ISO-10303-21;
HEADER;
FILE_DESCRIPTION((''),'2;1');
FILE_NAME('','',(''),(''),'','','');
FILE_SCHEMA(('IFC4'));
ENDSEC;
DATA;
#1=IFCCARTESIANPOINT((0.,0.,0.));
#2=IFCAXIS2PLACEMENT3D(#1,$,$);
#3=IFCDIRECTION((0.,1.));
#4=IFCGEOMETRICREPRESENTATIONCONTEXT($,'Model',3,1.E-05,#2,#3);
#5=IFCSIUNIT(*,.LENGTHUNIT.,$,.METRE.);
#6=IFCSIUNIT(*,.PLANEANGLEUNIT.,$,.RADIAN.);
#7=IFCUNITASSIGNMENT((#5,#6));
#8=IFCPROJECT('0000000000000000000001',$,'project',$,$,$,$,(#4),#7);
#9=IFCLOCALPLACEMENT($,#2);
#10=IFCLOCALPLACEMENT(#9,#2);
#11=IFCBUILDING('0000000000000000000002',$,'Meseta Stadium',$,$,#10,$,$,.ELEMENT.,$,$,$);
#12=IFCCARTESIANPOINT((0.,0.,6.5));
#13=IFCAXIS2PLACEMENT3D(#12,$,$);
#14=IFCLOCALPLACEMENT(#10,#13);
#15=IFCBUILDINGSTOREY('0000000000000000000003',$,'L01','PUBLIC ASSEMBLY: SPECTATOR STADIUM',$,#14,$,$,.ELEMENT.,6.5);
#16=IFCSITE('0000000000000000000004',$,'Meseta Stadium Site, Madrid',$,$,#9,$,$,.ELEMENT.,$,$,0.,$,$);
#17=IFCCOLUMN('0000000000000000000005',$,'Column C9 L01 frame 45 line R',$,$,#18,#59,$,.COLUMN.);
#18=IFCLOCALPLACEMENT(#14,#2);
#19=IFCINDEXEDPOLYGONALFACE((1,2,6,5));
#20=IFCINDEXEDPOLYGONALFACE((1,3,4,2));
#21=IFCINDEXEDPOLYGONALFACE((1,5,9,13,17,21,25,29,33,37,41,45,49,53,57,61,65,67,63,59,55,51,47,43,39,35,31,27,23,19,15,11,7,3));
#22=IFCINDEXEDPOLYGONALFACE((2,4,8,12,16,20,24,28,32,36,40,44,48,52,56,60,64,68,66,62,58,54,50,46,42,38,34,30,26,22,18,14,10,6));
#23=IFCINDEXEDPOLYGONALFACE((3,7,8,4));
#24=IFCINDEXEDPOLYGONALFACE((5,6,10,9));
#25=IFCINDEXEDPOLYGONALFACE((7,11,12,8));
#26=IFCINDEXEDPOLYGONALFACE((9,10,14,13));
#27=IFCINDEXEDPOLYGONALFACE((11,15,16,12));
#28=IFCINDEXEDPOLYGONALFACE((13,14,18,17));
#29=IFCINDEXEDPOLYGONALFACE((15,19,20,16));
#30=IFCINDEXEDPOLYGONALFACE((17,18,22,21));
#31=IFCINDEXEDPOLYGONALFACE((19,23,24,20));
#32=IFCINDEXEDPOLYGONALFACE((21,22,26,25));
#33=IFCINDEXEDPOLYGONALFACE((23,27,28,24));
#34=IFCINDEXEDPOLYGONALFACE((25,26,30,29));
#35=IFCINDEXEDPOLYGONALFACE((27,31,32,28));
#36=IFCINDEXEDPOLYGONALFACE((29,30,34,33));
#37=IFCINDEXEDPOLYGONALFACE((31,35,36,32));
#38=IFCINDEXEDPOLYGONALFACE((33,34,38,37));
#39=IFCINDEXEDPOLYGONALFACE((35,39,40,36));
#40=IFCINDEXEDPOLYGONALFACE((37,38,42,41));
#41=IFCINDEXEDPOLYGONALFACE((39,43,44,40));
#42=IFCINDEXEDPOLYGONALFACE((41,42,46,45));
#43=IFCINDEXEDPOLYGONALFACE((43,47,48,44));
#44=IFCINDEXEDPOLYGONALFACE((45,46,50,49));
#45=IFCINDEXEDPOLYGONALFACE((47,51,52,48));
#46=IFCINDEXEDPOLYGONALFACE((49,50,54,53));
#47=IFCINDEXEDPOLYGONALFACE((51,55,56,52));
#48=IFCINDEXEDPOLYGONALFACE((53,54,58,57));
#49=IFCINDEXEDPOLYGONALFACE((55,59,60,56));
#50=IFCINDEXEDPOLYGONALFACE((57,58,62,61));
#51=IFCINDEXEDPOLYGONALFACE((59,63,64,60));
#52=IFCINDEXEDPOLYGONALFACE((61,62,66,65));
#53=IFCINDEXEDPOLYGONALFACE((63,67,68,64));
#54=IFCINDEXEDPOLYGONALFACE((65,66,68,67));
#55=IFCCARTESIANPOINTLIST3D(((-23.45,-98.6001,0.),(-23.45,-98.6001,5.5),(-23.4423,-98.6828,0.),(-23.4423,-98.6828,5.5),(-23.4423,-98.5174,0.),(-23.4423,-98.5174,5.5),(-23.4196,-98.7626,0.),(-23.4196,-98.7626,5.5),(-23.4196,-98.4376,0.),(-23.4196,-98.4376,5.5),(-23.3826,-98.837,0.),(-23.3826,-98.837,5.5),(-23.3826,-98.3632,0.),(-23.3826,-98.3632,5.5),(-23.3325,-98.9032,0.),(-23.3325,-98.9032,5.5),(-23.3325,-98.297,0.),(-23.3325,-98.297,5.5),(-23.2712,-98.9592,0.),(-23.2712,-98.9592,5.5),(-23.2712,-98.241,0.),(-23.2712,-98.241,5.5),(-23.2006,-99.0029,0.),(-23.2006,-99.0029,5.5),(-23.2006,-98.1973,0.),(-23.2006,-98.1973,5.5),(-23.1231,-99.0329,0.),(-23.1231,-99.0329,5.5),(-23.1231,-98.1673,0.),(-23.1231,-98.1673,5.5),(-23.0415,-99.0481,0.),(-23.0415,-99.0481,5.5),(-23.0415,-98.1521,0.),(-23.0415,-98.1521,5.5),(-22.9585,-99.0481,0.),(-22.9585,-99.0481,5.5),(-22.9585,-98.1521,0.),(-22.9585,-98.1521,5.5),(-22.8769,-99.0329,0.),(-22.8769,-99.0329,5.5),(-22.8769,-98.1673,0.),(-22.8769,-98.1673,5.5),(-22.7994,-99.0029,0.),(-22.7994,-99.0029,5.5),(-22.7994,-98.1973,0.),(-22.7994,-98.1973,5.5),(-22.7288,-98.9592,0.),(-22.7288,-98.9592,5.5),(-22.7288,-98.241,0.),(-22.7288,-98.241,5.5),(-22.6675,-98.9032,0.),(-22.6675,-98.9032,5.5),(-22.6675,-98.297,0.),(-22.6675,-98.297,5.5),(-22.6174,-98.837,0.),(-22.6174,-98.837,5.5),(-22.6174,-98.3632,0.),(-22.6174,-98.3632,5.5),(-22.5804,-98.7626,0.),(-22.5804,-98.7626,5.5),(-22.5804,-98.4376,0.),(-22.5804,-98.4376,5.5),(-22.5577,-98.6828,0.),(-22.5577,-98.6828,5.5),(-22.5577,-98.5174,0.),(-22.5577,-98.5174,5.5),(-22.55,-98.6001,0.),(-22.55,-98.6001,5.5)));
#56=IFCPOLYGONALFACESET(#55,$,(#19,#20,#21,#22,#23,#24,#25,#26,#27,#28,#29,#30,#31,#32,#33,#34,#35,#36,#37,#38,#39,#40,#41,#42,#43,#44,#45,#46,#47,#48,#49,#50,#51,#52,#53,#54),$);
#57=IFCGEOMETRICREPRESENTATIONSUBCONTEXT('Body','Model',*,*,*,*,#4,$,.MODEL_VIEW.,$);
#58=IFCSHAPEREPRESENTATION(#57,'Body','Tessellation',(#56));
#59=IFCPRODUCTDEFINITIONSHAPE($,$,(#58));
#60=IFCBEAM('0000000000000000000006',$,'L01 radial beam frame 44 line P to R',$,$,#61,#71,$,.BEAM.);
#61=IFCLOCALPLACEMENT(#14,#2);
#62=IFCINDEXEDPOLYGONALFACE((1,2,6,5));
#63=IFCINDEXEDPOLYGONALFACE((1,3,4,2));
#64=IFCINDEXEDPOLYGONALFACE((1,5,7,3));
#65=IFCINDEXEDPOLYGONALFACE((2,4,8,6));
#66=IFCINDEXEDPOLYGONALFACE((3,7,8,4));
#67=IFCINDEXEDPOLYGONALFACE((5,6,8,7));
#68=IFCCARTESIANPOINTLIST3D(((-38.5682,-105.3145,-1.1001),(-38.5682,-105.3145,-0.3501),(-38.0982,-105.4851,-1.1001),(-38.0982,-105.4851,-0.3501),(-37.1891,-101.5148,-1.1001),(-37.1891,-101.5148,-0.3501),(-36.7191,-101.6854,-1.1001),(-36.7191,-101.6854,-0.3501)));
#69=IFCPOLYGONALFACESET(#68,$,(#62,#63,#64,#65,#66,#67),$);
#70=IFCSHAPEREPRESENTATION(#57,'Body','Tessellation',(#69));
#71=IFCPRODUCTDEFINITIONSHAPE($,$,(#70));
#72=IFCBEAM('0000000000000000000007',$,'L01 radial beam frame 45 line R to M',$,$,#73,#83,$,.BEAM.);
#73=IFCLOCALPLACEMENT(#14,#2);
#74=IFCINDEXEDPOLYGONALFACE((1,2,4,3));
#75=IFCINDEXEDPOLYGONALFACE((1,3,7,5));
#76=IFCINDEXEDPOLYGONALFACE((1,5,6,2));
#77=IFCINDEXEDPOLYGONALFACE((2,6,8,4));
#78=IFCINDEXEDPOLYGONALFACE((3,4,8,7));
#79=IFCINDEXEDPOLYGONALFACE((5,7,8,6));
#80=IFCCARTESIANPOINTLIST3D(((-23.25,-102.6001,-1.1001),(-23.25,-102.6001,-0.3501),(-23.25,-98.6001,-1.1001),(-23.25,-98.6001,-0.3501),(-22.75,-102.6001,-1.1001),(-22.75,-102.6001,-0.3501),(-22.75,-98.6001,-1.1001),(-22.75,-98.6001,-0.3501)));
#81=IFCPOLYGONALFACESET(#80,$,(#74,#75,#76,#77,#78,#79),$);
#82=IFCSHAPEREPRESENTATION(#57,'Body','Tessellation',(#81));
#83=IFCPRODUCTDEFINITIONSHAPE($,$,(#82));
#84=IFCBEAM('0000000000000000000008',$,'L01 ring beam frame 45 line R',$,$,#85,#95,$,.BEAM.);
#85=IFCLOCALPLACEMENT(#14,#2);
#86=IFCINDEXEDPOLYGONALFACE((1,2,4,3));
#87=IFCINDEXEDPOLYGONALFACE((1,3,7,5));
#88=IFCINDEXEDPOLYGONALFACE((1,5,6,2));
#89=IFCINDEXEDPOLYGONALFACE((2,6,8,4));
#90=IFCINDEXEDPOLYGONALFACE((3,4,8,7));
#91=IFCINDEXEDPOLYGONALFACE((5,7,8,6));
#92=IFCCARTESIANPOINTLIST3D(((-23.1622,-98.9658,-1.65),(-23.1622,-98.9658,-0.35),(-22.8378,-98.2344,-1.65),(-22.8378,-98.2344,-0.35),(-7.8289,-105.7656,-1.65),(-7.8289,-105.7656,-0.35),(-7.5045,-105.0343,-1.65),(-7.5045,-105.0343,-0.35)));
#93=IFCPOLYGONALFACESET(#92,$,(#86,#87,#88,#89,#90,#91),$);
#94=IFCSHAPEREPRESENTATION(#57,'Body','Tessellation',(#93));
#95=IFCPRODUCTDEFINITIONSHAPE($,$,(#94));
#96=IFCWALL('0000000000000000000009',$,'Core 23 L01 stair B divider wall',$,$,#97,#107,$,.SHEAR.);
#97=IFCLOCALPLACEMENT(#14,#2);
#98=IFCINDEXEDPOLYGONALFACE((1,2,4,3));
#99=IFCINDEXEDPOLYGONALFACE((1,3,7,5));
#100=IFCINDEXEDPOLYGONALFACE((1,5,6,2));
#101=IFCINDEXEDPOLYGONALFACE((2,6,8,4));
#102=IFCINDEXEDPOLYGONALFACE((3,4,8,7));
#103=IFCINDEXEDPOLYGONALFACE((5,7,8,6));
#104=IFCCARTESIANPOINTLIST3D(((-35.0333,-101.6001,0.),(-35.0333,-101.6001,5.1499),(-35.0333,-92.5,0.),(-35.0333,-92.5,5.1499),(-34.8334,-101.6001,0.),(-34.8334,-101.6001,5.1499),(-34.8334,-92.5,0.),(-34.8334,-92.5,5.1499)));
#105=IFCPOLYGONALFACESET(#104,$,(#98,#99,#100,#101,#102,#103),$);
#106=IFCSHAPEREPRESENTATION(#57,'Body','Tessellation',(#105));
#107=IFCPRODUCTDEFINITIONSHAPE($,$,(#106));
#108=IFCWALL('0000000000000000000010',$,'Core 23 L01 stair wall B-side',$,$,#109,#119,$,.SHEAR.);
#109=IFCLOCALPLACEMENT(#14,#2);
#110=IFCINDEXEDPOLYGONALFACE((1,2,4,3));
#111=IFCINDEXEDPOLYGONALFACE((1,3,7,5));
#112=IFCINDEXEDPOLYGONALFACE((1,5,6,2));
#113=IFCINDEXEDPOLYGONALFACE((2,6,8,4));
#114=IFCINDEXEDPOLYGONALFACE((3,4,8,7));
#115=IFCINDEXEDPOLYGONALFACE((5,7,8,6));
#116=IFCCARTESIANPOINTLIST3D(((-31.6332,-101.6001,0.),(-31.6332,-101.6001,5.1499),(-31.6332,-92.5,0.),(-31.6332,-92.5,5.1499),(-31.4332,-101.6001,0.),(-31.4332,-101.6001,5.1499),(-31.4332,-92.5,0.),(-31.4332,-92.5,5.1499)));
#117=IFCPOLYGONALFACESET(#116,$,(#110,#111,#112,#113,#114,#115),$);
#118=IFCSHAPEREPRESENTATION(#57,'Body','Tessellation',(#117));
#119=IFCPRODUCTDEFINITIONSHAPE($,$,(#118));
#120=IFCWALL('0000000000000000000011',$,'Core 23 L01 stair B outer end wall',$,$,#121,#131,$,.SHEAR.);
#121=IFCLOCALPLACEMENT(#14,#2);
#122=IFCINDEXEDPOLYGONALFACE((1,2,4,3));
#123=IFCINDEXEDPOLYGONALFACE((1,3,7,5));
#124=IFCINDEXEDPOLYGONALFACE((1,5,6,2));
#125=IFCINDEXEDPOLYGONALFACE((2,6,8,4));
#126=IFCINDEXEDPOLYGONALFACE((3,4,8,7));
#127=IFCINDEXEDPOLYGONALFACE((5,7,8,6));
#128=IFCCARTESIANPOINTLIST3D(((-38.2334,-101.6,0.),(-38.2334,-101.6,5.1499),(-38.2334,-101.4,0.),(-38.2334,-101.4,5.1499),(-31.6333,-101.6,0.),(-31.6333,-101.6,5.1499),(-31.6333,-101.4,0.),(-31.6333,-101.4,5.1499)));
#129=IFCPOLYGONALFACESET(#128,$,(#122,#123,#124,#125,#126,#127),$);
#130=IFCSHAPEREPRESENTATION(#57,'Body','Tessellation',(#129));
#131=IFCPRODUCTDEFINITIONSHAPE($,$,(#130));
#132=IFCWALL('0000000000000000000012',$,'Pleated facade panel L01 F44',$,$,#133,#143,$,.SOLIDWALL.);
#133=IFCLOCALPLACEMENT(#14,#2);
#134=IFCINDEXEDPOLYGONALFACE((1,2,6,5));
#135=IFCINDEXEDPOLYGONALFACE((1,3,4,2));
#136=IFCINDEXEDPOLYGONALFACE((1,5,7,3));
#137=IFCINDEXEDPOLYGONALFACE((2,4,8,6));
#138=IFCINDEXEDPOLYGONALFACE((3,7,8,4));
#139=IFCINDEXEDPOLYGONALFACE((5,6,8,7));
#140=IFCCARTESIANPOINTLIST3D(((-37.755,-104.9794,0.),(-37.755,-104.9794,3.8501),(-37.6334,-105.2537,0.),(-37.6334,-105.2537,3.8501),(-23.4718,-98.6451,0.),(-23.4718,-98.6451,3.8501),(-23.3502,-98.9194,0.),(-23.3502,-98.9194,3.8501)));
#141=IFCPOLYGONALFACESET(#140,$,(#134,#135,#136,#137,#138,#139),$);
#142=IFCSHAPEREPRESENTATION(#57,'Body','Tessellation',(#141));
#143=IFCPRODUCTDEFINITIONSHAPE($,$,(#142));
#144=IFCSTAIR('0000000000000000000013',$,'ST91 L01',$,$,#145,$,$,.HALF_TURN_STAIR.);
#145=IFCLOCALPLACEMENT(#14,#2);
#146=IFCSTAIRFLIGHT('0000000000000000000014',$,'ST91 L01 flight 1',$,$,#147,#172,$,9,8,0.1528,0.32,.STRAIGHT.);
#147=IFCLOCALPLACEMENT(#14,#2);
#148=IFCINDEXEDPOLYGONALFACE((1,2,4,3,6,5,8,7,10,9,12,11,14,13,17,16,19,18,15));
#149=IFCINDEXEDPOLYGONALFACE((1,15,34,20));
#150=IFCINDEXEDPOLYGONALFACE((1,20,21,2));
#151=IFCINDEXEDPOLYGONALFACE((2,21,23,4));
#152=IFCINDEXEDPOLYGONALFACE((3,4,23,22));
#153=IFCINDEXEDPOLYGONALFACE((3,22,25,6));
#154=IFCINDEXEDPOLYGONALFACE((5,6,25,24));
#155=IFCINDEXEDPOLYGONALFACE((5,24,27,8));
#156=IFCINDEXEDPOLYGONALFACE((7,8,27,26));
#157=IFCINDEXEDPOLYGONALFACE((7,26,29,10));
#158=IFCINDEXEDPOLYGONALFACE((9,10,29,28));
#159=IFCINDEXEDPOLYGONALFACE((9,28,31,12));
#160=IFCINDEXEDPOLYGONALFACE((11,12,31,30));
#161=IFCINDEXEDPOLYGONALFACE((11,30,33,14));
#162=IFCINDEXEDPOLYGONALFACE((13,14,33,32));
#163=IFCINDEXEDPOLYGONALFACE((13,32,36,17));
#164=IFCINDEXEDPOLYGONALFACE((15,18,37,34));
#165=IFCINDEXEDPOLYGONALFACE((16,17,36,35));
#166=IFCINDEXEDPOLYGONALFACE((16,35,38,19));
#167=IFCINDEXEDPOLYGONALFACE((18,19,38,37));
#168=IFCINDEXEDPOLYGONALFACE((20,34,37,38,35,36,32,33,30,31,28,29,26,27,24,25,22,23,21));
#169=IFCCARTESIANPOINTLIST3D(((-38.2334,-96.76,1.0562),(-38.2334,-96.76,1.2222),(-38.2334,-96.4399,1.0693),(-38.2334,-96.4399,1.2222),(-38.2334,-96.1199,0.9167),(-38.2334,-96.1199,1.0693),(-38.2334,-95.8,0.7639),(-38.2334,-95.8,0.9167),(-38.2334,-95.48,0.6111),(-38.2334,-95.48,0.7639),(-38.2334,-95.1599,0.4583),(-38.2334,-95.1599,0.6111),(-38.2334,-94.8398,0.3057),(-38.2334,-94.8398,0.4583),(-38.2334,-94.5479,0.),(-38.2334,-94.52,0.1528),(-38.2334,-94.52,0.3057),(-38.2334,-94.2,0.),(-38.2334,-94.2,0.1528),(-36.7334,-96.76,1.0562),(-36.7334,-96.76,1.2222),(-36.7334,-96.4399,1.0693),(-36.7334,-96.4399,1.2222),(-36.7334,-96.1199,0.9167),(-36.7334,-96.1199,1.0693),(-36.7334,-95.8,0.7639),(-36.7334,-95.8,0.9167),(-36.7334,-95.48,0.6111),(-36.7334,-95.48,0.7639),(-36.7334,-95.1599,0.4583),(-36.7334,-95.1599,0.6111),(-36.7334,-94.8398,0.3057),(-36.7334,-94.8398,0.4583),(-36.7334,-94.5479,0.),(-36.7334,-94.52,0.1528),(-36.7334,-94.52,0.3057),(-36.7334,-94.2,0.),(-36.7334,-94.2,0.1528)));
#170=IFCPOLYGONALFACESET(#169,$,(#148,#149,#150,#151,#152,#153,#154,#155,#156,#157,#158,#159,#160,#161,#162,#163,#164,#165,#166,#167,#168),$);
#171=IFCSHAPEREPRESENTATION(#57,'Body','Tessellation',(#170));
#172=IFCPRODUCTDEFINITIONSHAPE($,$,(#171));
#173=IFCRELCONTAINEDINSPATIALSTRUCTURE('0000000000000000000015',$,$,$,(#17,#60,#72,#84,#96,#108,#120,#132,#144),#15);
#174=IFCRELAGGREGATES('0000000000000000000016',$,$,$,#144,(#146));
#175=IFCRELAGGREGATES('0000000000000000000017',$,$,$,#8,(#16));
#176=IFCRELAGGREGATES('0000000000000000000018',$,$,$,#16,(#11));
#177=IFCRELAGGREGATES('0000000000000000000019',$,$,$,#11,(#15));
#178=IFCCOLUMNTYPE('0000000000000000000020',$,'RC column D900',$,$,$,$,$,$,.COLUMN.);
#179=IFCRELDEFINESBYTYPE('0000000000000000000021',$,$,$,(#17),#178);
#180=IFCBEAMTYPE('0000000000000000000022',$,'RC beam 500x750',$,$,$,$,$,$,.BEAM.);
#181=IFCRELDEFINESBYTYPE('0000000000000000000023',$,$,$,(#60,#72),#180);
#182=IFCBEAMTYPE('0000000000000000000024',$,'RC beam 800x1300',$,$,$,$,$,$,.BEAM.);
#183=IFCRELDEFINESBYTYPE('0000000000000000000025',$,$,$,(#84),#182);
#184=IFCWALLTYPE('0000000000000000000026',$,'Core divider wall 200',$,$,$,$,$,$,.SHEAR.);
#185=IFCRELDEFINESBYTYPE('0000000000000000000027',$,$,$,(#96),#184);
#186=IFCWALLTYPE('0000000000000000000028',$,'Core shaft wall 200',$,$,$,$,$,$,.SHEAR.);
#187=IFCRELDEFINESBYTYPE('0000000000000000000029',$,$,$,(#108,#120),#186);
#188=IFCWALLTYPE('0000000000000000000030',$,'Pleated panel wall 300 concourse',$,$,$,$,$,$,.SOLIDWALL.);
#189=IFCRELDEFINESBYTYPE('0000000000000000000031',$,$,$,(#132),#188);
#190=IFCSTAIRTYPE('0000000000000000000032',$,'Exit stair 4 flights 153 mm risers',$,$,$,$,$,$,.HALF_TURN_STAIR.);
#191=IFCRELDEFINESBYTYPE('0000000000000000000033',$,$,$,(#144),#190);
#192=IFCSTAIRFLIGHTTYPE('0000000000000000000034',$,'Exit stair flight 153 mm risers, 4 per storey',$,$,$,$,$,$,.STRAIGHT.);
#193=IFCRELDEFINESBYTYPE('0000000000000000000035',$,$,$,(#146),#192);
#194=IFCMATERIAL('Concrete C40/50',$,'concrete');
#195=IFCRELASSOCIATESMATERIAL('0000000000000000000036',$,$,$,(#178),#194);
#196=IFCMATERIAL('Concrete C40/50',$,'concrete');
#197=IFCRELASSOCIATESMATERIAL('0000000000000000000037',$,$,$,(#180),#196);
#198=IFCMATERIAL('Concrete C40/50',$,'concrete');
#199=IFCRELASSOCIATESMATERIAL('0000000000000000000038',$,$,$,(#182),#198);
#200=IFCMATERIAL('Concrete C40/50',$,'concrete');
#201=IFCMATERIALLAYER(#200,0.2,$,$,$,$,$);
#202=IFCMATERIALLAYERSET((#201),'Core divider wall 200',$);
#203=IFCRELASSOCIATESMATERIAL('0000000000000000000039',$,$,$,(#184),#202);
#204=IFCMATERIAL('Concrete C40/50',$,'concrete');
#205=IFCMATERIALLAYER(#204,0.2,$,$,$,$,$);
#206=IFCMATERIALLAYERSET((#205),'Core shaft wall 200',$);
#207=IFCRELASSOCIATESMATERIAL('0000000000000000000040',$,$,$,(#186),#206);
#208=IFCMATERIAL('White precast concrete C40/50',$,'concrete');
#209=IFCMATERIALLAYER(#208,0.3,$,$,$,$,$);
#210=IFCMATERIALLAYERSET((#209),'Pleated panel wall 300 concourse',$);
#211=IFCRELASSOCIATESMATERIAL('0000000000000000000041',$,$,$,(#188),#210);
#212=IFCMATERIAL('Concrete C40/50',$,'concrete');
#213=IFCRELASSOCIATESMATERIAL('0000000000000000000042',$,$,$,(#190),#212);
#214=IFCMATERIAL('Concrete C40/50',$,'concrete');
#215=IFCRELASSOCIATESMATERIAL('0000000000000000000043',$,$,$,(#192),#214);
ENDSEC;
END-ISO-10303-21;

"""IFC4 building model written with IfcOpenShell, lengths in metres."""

from ifc_helpers import new_model, si_unit, direction, frame, frame_2d, origin, origin_2d, place, context, subcontext, project, spatial, polyline, rectangle, circle, outline, extrude, material, layer, layer_set, material_profile, profile_set, type_object, element, aggregate, save


model = new_model("IFC4")

# Units and contexts
model_context = context("Model", 3, precision=1e-05, world=origin(), true_north=direction((0.0, 1.0)))
body_context = subcontext(model_context, "Body", "Model", "MODEL_VIEW")
ifc_project = project(units=[si_unit("LENGTHUNIT", "METRE"), si_unit("PLANEANGLEUNIT", "RADIAN")], contexts=[model_context])

# Site, building, storey
site_placement = place(None, origin())
site = spatial("IfcSite", under=ifc_project, at=site_placement, Name="Meseta Stadium Site, Madrid", CompositionType="ELEMENT", RefElevation=0.0)
building_placement = place(site_placement, origin())
building = spatial("IfcBuilding", under=site, at=building_placement, Name="Meseta Stadium", CompositionType="ELEMENT")
storey_placement = place(building_placement, frame((0.0, 0.0, 6.5)))
storey = spatial("IfcBuildingStorey", under=building, at=storey_placement, Name="L01", Description="PUBLIC ASSEMBLY: SPECTATOR STADIUM", CompositionType="ELEMENT", Elevation=6.5)

# Column
ifc_material_1 = material(Name="Concrete C40/50", Category="concrete")
ifc_material_profile_1 = material_profile(ifc_material_1, circle(Radius=0.45, at=origin_2d()), Name="RC D900")
ifc_profile_set_1 = profile_set([ifc_material_profile_1], Name="Concrete C40/50")
column_type = type_object("IfcColumnType", Name="RC column D900", PredefinedType="COLUMN", material=ifc_profile_set_1)
column_placement = place(storey_placement, frame((-23.0, -98.6001, 0.0), z_axis=(0.0, 0.0, 1.0), x_axis=(1.0, 0.0, 0.0)))
element("IfcColumn", 1, at=column_placement, inside=storey, type_object=column_type, Name="Column C9 L01 frame 45 line R", PredefinedType="COLUMN", context=body_context, shape_type="SweptSolid", body=[
    extrude(circle(Radius=0.45, at=origin_2d()), origin(), (0.0, 0.0, 1.0), 5.5),
])

# Beams
ifc_material_2 = material(Name="Concrete C40/50", Category="concrete")
ifc_material_profile_2 = material_profile(ifc_material_2, rectangle(XDim=0.5, YDim=0.75, at=origin_2d()), Name="RC 500x750")
ifc_profile_set_2 = profile_set([ifc_material_profile_2], Name="Concrete C40/50")
beam_type_1 = type_object("IfcBeamType", Name="RC beam 500x750", PredefinedType="BEAM", material=ifc_profile_set_2)
beam_1_placement = place(storey_placement, frame((-36.9541, -101.6001, -0.7251), z_axis=(-0.341176, -0.94, 0.0), x_axis=(0.94, -0.341176, 0.0)))
element("IfcBeam", 2, at=beam_1_placement, inside=storey, type_object=beam_type_1, Name="L01 radial beam frame 44 line P to R", PredefinedType="BEAM", context=body_context, shape_type="SweptSolid", body=[
    extrude(rectangle(XDim=0.5, YDim=0.75, at=origin_2d()), origin(), (0.0, 0.0, 1.0), 4.0422),
])
beam_2_placement = place(storey_placement, frame((-23.0, -98.6001, -0.7251), z_axis=(0.0, -1.0, 0.0), x_axis=(1.0, 0.0, 0.0)))
element("IfcBeam", 3, at=beam_2_placement, inside=storey, type_object=beam_type_1, Name="L01 radial beam frame 45 line R to M", PredefinedType="BEAM", context=body_context, shape_type="SweptSolid", body=[
    extrude(rectangle(XDim=0.5, YDim=0.75, at=origin_2d()), origin(), (0.0, 0.0, 1.0), 4.0),
])
ifc_material_3 = material(Name="Concrete C40/50", Category="concrete")
ifc_material_profile_3 = material_profile(ifc_material_3, rectangle(XDim=0.8, YDim=1.3, at=origin_2d()), Name="RC 800x1300")
ifc_profile_set_3 = profile_set([ifc_material_profile_3], Name="Concrete C40/50")
beam_type_2 = type_object("IfcBeamType", Name="RC beam 800x1300", PredefinedType="BEAM", material=ifc_profile_set_3)
beam_3_placement = place(storey_placement, frame((-23.0, -98.6001, -1.0), z_axis=(0.914143, -0.405393, 0.0), x_axis=(0.405393, 0.914143, 0.0)))
element("IfcBeam", 4, at=beam_3_placement, inside=storey, type_object=beam_type_2, Name="L01 ring beam frame 45 line R", PredefinedType="BEAM", context=body_context, shape_type="SweptSolid", body=[
    extrude(rectangle(XDim=0.8, YDim=1.3, at=origin_2d()), origin(), (0.0, 0.0, 1.0), 16.7734),
])

# Walls
ifc_material_4 = material(Name="Concrete C40/50", Category="concrete")
ifc_layer_1 = layer(ifc_material_4, 0.2)
ifc_layer_set_1 = layer_set([ifc_layer_1], Name="Core divider wall 200")
wall_type_1 = type_object("IfcWallType", Name="Core divider wall 200", PredefinedType="SHEAR", material=ifc_layer_set_1)
wall_1_placement = place(storey_placement, frame((-34.9333, -101.6001, 0.0), z_axis=(0.0, 0.0, 1.0), x_axis=(0.0, 1.0, 0.0)))
element("IfcWall", 5, at=wall_1_placement, inside=storey, type_object=wall_type_1, Name="Core 23 L01 stair B divider wall", PredefinedType="SHEAR", context=body_context, shape_type="SweptSolid", body=[
    extrude(rectangle(XDim=9.1001, YDim=0.2, at=frame_2d((4.55, 0.0))), origin(), (0.0, 0.0, 1.0), 5.1499),
])
ifc_material_5 = material(Name="Concrete C40/50", Category="concrete")
ifc_layer_2 = layer(ifc_material_5, 0.2)
ifc_layer_set_2 = layer_set([ifc_layer_2], Name="Core shaft wall 200")
wall_type_2 = type_object("IfcWallType", Name="Core shaft wall 200", PredefinedType="SHEAR", material=ifc_layer_set_2)
wall_2_placement = place(storey_placement, frame((-31.5332, -101.6001, 0.0), z_axis=(0.0, 0.0, 1.0), x_axis=(0.0, 1.0, 0.0)))
element("IfcWall", 6, at=wall_2_placement, inside=storey, type_object=wall_type_2, Name="Core 23 L01 stair wall B-side", PredefinedType="SHEAR", context=body_context, shape_type="SweptSolid", body=[
    extrude(rectangle(XDim=9.1001, YDim=0.2, at=frame_2d((4.55, 0.0))), origin(), (0.0, 0.0, 1.0), 5.1499),
])
wall_3_placement = place(storey_placement, frame((-38.2334, -101.5, 0.0), z_axis=(0.0, 0.0, 1.0), x_axis=(1.0, 0.0, 0.0)))
element("IfcWall", 7, at=wall_3_placement, inside=storey, type_object=wall_type_2, Name="Core 23 L01 stair B outer end wall", PredefinedType="SHEAR", context=body_context, shape_type="SweptSolid", body=[
    extrude(rectangle(XDim=6.6001, YDim=0.2, at=frame_2d((3.3, 0.0))), origin(), (0.0, 0.0, 1.0), 5.1499),
])
ifc_material_6 = material(Name="White precast concrete C40/50", Category="concrete")
ifc_layer_3 = layer(ifc_material_6, 0.3)
ifc_layer_set_3 = layer_set([ifc_layer_3], Name="Pleated panel wall 300 concourse")
wall_type_3 = type_object("IfcWallType", Name="Pleated panel wall 300 concourse", PredefinedType="SOLIDWALL", material=ifc_layer_set_3)
wall_4_placement = place(storey_placement, frame((-23.4109, -98.7822, 0.0), z_axis=(0.0, 0.0, 1.0), x_axis=(-0.914141, -0.405398, 0.0)))
element("IfcWall", 8, at=wall_4_placement, inside=storey, type_object=wall_type_3, Name="Pleated facade panel L01 F44", PredefinedType="SOLIDWALL", context=body_context, shape_type="SweptSolid", body=[
    extrude(rectangle(XDim=15.6248, YDim=0.3, at=frame_2d((7.8125, 0.0))), origin(), (0.0, 0.0, 1.0), 3.8501),
])

# Stair, stair flight
ifc_material_7 = material(Name="Concrete C40/50", Category="concrete")
stair_type = type_object("IfcStairType", Name="Exit stair 4 flights 153 mm risers", PredefinedType="HALF_TURN_STAIR", material=ifc_material_7)
stair_1_placement = place(storey_placement, origin())
stair_1 = element("IfcStair", 9, at=stair_1_placement, inside=storey, type_object=stair_type, Name="ST91 L01", PredefinedType="HALF_TURN_STAIR")
ifc_material_8 = material(Name="Concrete C40/50", Category="concrete")
stair_flight_type = type_object("IfcStairFlightType", Name="Exit stair flight 153 mm risers, 4 per storey", PredefinedType="STRAIGHT", material=ifc_material_8)
stair_flight_1_placement = place(storey_placement, frame((-37.4834, -94.2, 0.0), z_axis=(0.0, 0.0, 1.0), x_axis=(0.0, -1.0, 0.0)))
stair_flight_1 = element("IfcStairFlight", 10, at=stair_flight_1_placement, type_object=stair_flight_type, Name="ST91 L01 flight 1", NumberOfRisers=9, NumberOfTreads=8, PredefinedType="STRAIGHT", RiserHeight=0.1528, TreadLength=0.32, context=body_context, shape_type="SweptSolid", body=[
    extrude(outline(polyline([(0.0, 0.0), (0.0, 0.1528), (0.3201, 0.1528), (0.3201, 0.3057), (0.6399, 0.3057), (0.6399, 0.4583), (0.96, 0.4583), (0.96, 0.6111), (1.28, 0.6111), (1.28, 0.7639), (1.6001, 0.7639), (1.6001, 0.9167), (1.9199, 0.9167), (1.9199, 1.0693), (2.24, 1.0693), (2.24, 1.2222), (2.5601, 1.2222), (2.5601, 1.0562), (0.3479, 0.0), (0.0, 0.0)])), frame((0.0, 0.75, 0.0), z_axis=(0.0, -1.0, 0.0), x_axis=(1.0, 0.0, 0.0)), (0.0, 0.0, 1.0), 1.5),
])
aggregate(stair_1, [stair_flight_1])

save(model, "model.ifc")
